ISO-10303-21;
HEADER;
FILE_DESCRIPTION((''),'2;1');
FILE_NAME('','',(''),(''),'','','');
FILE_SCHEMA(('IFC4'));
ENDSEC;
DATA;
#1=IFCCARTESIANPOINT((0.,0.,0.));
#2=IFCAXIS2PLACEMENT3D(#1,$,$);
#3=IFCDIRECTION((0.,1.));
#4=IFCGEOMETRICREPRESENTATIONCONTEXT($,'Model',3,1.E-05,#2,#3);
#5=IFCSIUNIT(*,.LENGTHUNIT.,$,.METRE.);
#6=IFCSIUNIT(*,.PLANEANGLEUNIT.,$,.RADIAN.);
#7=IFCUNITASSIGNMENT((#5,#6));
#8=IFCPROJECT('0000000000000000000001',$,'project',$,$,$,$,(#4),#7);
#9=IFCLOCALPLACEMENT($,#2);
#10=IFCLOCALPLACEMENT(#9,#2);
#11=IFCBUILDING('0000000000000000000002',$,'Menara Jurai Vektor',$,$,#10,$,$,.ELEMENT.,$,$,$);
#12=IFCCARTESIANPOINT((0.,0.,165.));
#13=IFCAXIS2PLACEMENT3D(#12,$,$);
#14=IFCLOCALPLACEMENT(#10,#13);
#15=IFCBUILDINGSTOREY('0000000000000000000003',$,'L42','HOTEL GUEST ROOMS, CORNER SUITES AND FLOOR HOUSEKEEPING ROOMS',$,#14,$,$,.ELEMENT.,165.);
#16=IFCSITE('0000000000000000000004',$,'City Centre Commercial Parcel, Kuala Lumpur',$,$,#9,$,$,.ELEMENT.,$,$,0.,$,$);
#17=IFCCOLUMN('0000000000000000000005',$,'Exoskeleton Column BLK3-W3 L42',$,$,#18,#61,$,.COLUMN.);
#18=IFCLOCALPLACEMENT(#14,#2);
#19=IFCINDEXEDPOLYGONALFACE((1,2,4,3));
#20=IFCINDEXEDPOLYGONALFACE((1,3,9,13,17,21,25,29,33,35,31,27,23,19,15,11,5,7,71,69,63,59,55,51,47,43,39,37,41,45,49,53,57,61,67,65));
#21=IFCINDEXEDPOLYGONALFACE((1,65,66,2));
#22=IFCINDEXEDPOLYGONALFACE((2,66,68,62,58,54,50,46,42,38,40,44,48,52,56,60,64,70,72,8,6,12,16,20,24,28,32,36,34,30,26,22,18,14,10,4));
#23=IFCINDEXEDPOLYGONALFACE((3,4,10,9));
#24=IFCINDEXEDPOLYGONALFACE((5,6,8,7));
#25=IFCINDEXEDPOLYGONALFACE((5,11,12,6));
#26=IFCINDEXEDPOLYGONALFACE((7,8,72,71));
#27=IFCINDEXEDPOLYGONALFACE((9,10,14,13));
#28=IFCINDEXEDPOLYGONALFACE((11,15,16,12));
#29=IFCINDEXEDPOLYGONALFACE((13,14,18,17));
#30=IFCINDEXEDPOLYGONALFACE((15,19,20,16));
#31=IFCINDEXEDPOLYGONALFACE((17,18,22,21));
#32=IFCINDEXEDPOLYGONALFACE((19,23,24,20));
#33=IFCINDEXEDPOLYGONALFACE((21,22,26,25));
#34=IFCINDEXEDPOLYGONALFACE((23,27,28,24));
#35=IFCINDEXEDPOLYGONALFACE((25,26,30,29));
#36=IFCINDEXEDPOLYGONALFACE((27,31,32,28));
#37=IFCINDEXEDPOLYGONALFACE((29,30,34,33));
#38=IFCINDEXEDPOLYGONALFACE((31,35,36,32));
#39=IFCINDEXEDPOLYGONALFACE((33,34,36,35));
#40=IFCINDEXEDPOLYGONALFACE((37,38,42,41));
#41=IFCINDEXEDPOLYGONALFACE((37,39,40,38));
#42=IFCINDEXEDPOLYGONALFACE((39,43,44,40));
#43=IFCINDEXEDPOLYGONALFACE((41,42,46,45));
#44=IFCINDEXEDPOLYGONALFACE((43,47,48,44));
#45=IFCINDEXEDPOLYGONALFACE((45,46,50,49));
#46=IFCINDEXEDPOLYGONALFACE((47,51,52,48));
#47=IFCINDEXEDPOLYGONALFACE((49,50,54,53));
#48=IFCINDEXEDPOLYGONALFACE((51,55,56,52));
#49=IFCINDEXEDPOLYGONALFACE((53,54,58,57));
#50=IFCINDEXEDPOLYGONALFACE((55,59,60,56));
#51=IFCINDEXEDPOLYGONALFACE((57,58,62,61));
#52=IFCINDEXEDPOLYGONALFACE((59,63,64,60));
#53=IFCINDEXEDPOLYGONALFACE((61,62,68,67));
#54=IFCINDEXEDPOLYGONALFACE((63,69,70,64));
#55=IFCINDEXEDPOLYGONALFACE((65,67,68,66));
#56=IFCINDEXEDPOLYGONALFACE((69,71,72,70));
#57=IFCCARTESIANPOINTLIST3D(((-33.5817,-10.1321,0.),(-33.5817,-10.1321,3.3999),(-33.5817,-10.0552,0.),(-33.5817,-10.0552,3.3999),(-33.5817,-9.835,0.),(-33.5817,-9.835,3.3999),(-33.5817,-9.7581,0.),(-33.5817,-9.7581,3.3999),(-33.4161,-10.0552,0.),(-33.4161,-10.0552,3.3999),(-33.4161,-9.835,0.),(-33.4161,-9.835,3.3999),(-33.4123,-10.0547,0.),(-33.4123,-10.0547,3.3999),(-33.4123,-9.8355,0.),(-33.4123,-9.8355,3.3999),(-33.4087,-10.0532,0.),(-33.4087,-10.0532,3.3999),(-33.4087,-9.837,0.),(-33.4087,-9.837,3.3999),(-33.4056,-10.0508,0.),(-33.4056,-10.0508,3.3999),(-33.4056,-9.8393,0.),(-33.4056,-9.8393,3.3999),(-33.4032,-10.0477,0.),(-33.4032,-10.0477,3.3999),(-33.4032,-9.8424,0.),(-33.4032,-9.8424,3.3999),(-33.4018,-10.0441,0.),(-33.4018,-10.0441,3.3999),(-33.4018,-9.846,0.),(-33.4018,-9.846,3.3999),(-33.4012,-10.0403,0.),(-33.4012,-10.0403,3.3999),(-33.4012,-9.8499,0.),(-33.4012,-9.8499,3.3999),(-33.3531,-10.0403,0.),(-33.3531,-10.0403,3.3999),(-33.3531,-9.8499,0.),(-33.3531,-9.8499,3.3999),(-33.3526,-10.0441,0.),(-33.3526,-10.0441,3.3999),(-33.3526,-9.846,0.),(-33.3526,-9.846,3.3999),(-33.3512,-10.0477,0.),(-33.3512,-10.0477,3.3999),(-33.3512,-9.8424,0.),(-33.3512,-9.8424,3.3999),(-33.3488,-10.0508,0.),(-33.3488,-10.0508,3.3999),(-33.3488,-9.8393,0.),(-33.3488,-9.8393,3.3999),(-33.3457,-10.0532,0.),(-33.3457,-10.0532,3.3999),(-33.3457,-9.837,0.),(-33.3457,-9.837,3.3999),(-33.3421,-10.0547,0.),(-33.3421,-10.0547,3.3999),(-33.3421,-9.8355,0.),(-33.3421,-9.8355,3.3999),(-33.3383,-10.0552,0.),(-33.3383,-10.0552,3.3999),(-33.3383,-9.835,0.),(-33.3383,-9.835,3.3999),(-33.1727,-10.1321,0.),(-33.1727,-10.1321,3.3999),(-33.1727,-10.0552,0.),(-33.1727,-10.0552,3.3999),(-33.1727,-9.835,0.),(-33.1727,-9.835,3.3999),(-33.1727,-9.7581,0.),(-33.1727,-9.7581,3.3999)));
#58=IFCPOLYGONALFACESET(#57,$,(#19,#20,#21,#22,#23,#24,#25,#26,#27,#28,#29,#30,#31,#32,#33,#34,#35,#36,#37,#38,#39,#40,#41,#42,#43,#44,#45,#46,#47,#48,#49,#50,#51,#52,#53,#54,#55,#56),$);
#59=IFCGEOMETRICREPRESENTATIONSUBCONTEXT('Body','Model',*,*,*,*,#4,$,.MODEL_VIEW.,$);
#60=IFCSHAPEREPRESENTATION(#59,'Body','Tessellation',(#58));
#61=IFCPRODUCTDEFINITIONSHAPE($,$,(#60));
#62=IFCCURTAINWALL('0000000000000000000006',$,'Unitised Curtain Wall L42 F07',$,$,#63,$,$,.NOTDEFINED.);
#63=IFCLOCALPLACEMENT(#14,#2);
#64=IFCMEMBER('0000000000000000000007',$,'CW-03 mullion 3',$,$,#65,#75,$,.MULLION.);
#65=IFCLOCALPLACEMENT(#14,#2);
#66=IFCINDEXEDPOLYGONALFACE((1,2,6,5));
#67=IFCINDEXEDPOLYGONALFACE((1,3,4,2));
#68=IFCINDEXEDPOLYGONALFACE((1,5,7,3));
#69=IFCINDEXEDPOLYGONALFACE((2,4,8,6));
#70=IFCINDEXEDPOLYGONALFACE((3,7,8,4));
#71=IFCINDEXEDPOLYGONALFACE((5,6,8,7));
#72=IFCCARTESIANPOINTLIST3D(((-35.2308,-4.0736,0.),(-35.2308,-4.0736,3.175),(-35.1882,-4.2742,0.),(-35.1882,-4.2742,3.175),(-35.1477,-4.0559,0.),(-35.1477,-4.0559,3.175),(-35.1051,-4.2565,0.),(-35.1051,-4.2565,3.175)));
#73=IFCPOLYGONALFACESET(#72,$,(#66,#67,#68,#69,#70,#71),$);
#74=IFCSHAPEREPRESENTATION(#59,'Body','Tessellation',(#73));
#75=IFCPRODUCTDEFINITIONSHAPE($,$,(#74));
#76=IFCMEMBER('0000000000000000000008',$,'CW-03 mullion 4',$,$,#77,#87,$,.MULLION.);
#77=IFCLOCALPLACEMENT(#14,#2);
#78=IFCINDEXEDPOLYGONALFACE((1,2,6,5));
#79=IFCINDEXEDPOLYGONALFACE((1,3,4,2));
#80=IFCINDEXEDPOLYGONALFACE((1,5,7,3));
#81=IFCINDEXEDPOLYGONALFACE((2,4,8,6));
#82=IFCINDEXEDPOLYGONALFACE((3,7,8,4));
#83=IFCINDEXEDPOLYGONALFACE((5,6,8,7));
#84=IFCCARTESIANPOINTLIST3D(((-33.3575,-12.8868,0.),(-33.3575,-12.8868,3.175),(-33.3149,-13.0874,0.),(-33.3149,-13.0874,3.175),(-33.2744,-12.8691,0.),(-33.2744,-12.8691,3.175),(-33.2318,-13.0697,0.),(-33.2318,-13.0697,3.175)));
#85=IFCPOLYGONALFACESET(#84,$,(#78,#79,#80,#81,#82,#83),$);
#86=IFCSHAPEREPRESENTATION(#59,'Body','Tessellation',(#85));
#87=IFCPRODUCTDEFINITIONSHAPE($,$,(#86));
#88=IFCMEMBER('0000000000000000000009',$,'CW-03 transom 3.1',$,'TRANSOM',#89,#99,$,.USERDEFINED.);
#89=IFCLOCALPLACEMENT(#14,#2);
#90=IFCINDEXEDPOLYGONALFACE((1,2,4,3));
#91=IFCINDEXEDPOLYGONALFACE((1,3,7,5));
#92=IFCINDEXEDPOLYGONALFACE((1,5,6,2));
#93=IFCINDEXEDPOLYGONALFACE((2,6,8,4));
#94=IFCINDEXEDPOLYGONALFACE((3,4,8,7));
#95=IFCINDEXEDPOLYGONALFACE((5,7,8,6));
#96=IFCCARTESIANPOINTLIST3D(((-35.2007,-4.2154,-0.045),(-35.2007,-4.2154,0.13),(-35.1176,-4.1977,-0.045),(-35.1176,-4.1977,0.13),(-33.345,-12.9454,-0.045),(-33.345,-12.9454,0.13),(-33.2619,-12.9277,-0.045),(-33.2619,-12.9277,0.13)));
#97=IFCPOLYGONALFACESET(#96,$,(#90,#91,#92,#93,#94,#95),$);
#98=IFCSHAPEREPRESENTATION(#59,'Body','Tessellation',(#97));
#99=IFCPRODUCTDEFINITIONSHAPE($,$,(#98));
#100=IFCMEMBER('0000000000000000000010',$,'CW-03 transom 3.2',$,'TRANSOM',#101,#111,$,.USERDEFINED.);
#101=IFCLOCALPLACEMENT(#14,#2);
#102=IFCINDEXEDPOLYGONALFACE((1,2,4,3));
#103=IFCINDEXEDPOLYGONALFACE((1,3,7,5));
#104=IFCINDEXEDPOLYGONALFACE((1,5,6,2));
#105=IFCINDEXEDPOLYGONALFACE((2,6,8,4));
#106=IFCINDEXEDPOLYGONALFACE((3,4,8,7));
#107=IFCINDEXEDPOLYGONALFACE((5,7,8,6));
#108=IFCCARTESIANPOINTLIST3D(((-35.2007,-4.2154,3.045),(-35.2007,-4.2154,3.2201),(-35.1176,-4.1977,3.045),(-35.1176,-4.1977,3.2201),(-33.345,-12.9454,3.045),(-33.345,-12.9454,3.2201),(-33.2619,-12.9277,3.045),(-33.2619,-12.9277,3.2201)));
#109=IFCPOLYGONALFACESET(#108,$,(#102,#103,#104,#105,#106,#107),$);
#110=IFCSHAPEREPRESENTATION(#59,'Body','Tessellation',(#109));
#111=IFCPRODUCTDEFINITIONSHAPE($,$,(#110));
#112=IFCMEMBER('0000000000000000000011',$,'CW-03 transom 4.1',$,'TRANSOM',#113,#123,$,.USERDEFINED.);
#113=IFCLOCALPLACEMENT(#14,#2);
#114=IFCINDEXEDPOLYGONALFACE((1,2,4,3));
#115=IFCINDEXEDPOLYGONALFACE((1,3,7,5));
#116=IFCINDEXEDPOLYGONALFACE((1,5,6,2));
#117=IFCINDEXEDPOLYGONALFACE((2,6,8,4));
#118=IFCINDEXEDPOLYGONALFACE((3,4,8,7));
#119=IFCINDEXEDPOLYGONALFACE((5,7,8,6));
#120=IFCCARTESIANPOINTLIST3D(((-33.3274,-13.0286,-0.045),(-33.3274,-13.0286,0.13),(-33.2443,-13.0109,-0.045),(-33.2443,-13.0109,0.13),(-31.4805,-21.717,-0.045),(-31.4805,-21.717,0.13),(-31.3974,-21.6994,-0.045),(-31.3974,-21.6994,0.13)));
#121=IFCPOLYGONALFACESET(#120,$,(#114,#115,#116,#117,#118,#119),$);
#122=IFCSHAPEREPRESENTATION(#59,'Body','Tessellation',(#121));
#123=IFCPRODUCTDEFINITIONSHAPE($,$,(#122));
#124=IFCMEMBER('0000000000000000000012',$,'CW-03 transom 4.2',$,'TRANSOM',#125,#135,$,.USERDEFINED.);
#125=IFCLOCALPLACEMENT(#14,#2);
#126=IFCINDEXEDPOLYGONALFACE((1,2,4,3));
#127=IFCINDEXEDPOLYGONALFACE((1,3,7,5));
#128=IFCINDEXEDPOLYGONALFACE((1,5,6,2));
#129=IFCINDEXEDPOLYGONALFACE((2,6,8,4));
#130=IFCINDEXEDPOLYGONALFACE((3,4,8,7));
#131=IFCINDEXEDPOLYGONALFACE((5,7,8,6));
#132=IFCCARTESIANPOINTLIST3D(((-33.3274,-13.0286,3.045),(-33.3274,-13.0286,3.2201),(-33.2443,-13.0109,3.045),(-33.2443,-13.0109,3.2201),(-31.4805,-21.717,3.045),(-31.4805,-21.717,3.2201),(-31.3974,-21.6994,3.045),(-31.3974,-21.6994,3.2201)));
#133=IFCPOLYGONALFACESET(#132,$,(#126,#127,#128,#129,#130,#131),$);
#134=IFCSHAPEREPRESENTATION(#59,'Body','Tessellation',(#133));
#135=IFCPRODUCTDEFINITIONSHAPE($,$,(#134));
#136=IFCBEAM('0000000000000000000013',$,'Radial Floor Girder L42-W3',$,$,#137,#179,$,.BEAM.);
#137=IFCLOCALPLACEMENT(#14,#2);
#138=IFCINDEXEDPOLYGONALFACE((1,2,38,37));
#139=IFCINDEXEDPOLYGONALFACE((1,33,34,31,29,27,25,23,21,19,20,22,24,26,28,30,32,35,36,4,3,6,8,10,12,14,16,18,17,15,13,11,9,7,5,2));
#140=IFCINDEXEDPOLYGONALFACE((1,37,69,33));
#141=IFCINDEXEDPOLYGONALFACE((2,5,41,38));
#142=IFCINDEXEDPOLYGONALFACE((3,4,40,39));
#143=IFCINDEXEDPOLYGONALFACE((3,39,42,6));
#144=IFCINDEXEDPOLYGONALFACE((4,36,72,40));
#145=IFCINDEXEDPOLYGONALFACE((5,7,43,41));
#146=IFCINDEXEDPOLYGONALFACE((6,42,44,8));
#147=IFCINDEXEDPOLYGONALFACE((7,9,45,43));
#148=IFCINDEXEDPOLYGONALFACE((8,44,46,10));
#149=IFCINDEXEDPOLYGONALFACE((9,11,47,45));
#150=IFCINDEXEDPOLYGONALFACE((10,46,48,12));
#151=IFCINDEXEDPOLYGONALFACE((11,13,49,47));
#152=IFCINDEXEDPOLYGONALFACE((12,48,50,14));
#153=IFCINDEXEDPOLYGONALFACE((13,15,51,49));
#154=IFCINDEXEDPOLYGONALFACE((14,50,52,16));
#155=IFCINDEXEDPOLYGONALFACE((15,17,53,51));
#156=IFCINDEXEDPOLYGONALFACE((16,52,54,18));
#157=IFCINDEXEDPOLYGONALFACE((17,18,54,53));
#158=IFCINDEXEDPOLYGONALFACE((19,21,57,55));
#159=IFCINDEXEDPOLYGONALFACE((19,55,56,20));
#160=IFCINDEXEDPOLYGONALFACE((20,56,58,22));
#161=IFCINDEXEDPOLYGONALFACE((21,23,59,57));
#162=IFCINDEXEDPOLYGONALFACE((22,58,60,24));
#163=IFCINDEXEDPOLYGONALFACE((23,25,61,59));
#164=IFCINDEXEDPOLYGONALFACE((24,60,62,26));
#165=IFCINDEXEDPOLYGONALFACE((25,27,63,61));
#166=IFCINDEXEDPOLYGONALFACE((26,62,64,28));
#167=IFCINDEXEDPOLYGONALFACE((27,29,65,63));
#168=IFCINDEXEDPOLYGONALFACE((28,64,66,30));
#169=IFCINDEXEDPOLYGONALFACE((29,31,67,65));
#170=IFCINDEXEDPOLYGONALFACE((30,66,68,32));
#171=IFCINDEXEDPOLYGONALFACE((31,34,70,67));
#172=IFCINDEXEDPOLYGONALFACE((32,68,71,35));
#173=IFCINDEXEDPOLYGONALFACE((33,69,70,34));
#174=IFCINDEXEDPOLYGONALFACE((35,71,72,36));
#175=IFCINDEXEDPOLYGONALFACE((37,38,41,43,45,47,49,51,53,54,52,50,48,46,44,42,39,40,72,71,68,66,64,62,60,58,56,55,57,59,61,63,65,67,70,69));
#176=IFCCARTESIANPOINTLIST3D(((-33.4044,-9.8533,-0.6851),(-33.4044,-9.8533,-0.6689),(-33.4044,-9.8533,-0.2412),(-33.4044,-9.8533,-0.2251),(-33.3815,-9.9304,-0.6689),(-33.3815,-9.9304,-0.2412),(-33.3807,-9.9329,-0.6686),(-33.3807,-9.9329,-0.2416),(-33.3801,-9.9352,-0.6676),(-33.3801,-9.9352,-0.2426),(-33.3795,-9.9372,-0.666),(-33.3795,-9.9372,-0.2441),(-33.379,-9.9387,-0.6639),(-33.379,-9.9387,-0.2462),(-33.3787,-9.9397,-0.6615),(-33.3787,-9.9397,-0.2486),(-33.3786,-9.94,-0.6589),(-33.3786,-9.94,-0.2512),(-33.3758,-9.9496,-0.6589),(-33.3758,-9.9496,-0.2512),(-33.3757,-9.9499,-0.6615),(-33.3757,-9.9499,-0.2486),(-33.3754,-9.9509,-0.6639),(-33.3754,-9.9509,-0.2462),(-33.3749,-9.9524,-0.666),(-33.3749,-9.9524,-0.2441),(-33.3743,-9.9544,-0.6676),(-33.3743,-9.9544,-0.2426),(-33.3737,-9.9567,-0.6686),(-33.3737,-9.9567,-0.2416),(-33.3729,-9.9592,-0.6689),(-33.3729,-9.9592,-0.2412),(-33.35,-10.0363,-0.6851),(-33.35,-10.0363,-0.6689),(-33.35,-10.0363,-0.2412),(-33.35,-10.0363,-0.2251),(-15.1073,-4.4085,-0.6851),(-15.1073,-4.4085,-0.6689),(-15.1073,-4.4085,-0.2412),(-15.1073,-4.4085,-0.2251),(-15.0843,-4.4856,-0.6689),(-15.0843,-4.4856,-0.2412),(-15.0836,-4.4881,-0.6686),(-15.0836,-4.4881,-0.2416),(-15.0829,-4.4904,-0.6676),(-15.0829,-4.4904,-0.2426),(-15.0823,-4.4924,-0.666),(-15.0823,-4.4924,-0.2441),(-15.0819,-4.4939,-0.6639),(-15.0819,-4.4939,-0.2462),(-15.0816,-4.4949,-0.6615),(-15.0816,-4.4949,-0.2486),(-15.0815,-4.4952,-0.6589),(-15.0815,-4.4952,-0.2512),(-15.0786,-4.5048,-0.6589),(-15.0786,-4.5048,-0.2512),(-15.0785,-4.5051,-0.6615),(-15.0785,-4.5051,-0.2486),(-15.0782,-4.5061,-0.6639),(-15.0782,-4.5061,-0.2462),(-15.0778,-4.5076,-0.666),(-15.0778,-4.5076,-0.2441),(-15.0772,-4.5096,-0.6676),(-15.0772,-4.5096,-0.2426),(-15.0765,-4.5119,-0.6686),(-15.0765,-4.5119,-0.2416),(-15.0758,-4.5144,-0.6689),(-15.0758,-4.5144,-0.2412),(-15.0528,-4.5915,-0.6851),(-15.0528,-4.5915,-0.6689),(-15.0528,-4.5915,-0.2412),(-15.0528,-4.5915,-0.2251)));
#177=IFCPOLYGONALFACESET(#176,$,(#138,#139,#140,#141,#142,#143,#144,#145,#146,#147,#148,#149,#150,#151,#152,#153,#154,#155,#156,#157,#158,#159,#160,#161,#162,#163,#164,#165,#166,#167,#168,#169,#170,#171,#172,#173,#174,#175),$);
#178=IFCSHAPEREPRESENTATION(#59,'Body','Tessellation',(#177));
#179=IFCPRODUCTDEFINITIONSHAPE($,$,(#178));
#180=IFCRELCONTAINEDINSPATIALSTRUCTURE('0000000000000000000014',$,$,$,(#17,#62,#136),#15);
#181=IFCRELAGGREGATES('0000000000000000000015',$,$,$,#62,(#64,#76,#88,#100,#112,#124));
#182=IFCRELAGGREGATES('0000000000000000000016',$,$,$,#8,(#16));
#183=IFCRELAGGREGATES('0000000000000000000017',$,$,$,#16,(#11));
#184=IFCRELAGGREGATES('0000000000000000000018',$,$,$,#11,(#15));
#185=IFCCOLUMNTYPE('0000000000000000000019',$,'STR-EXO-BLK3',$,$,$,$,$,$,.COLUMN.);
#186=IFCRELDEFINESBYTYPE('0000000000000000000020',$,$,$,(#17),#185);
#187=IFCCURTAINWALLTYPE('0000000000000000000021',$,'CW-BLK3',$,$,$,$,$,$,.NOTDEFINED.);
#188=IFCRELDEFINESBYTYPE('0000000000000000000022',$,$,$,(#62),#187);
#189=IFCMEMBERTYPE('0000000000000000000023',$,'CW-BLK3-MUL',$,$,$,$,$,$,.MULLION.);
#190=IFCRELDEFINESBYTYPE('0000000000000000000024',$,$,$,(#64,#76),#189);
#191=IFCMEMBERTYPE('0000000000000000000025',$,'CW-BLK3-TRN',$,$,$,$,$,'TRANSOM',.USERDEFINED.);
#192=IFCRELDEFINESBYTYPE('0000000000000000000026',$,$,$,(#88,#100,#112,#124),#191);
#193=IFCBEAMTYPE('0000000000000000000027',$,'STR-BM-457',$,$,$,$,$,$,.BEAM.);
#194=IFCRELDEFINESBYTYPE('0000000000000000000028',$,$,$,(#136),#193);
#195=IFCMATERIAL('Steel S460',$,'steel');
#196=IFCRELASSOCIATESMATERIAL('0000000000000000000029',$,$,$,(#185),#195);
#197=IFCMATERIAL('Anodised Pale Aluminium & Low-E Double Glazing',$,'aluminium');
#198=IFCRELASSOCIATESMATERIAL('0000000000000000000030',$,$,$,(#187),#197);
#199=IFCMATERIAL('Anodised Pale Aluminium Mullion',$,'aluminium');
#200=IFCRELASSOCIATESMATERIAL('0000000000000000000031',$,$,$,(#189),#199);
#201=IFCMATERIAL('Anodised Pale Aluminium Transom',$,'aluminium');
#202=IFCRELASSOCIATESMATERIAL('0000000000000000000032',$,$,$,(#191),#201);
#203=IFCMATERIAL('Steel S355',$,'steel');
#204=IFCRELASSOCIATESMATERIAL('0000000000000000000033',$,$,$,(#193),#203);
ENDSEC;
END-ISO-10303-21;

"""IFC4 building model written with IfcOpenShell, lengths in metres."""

from ifc_helpers import new_model, si_unit, direction, frame, origin, origin_2d, place, context, subcontext, project, spatial, rectangle, i_section, extrude, material, material_profile, profile_set, type_object, element, aggregate, save


model = new_model("IFC4")

# Units and contexts
model_context = context("Model", 3, precision=1e-05, world=origin(), true_north=direction((0.0, 1.0)))
body_context = subcontext(model_context, "Body", "Model", "MODEL_VIEW")
ifc_project = project(units=[si_unit("LENGTHUNIT", "METRE"), si_unit("PLANEANGLEUNIT", "RADIAN")], contexts=[model_context])

# Site, building, storey
site_placement = place(None, origin())
site = spatial("IfcSite", under=ifc_project, at=site_placement, Name="City Centre Commercial Parcel, Kuala Lumpur", CompositionType="ELEMENT", RefElevation=0.0)
building_placement = place(site_placement, origin())
building = spatial("IfcBuilding", under=site, at=building_placement, Name="Menara Jurai Vektor", CompositionType="ELEMENT")
storey_placement = place(building_placement, frame((0.0, 0.0, 165.0)))
storey = spatial("IfcBuildingStorey", under=building, at=storey_placement, Name="L42", Description="HOTEL GUEST ROOMS, CORNER SUITES AND FLOOR HOUSEKEEPING ROOMS", CompositionType="ELEMENT", Elevation=165.0)

# Column
ifc_material_1 = material(Name="Steel S460", Category="steel")
ifc_material_profile_1 = material_profile(ifc_material_1, i_section(OverallWidth=0.4089, OverallDepth=0.374, WebThickness=0.0481, FlangeThickness=0.0769, FilletRadius=0.0149, at=origin_2d()), Name="HD 400x634")
ifc_profile_set_1 = profile_set([ifc_material_profile_1], Name="Steel S460")
column_type = type_object("IfcColumnType", Name="STR-EXO-BLK3", PredefinedType="COLUMN", material=ifc_profile_set_1)
column_placement = place(storey_placement, frame((-33.3772, -9.9451, 0.0), z_axis=(0.0, 0.0, 1.0), x_axis=(1.0, 0.0, 0.0)))
element("IfcColumn", 1, at=column_placement, inside=storey, type_object=column_type, Name="Exoskeleton Column BLK3-W3 L42", PredefinedType="COLUMN", context=body_context, shape_type="SweptSolid", body=[
    extrude(i_section(OverallWidth=0.4089, OverallDepth=0.374, WebThickness=0.0481, FlangeThickness=0.0769, FilletRadius=0.0149, at=origin_2d()), origin(), (0.0, 0.0, 1.0), 3.3999),
])

# Curtain wall, members
ifc_material_2 = material(Name="Anodised Pale Aluminium & Low-E Double Glazing", Category="aluminium")
curtain_wall_type = type_object("IfcCurtainWallType", Name="CW-BLK3", PredefinedType="NOTDEFINED", material=ifc_material_2)
curtain_wall_placement = place(storey_placement, origin())
curtain_wall = element("IfcCurtainWall", 2, at=curtain_wall_placement, inside=storey, type_object=curtain_wall_type, Name="Unitised Curtain Wall L42 F07", PredefinedType="NOTDEFINED")
ifc_material_3 = material(Name="Anodised Pale Aluminium Mullion", Category="aluminium")
ifc_material_profile_2 = material_profile(ifc_material_3, rectangle(XDim=0.085, YDim=0.2051, at=origin_2d()), Name="ALU MUL 85x205")
ifc_profile_set_2 = profile_set([ifc_material_profile_2], Name="Anodised Pale Aluminium Mullion")
member_type_1 = type_object("IfcMemberType", Name="CW-BLK3-MUL", PredefinedType="MULLION", material=ifc_profile_set_2)
member_1_placement = place(storey_placement, frame((-35.168, -4.165, 0.0), z_axis=(0.0, 0.0, 1.0), x_axis=(0.978148, 0.20791, 0.0)))
member_1 = element("IfcMember", 3, at=member_1_placement, type_object=member_type_1, Name="CW-03 mullion 3", PredefinedType="MULLION", context=body_context, shape_type="SweptSolid", body=[
    extrude(rectangle(XDim=0.085, YDim=0.2051, at=origin_2d()), origin(), (0.0, 0.0, 1.0), 3.175),
])
member_2_placement = place(storey_placement, frame((-33.2947, -12.9783, 0.0), z_axis=(0.0, 0.0, 1.0), x_axis=(0.978148, 0.20791, 0.0)))
member_2 = element("IfcMember", 4, at=member_2_placement, type_object=member_type_1, Name="CW-03 mullion 4", PredefinedType="MULLION", context=body_context, shape_type="SweptSolid", body=[
    extrude(rectangle(XDim=0.085, YDim=0.2051, at=origin_2d()), origin(), (0.0, 0.0, 1.0), 3.175),
])
ifc_material_4 = material(Name="Anodised Pale Aluminium Transom", Category="aluminium")
ifc_material_profile_3 = material_profile(ifc_material_4, rectangle(XDim=0.085, YDim=0.175, at=origin_2d()), Name="ALU TRN 85x175")
ifc_profile_set_3 = profile_set([ifc_material_profile_3], Name="Anodised Pale Aluminium Transom")
member_type_2 = type_object("IfcMemberType", Name="CW-BLK3-TRN", ElementType="TRANSOM", PredefinedType="USERDEFINED", material=ifc_profile_set_3)
member_3_placement = place(storey_placement, frame((-35.1592, -4.2065, 0.0425), z_axis=(0.207922, -0.978145, 0.0), x_axis=(0.978145, 0.207922, 0.0)))
member_3 = element("IfcMember", 5, at=member_3_placement, type_object=member_type_2, Name="CW-03 transom 3.1", ObjectType="TRANSOM", PredefinedType="USERDEFINED", context=body_context, shape_type="SweptSolid", body=[
    extrude(rectangle(XDim=0.085, YDim=0.175, at=origin_2d()), origin(), (0.0, 0.0, 1.0), 8.925),
])
member_4_placement = place(storey_placement, frame((-35.1592, -4.2065, 3.1326), z_axis=(0.207922, -0.978145, 0.0), x_axis=(0.978145, 0.207922, 0.0)))
member_4 = element("IfcMember", 6, at=member_4_placement, type_object=member_type_2, Name="CW-03 transom 3.2", ObjectType="TRANSOM", PredefinedType="USERDEFINED", context=body_context, shape_type="SweptSolid", body=[
    extrude(rectangle(XDim=0.085, YDim=0.175, at=origin_2d()), origin(), (0.0, 0.0, 1.0), 8.925),
])
member_5_placement = place(storey_placement, frame((-33.2859, -13.0198, 0.0425), z_axis=(0.207926, -0.978145, 0.0), x_axis=(0.978145, 0.207926, 0.0)))
member_5 = element("IfcMember", 7, at=member_5_placement, type_object=member_type_2, Name="CW-03 transom 4.1", ObjectType="TRANSOM", PredefinedType="USERDEFINED", context=body_context, shape_type="SweptSolid", body=[
    extrude(rectangle(XDim=0.085, YDim=0.175, at=origin_2d()), origin(), (0.0, 0.0, 1.0), 8.8826),
])
member_6_placement = place(storey_placement, frame((-33.2859, -13.0198, 3.1326), z_axis=(0.207926, -0.978145, 0.0), x_axis=(0.978145, 0.207926, 0.0)))
member_6 = element("IfcMember", 8, at=member_6_placement, type_object=member_type_2, Name="CW-03 transom 4.2", ObjectType="TRANSOM", PredefinedType="USERDEFINED", context=body_context, shape_type="SweptSolid", body=[
    extrude(rectangle(XDim=0.085, YDim=0.175, at=origin_2d()), origin(), (0.0, 0.0, 1.0), 8.8826),
])

# Beam
ifc_material_5 = material(Name="Steel S355", Category="steel")
ifc_material_profile_4 = material_profile(ifc_material_5, i_section(OverallWidth=0.1909, OverallDepth=0.46, WebThickness=0.01, FlangeThickness=0.0161, FilletRadius=0.01, at=origin_2d()), Name="UKB 457x191x82")
ifc_profile_set_4 = profile_set([ifc_material_profile_4], Name="Steel S355")
beam_type_1 = type_object("IfcBeamType", Name="STR-BM-457", PredefinedType="BEAM", material=ifc_profile_set_4)
beam_1_placement = place(storey_placement, frame((-33.3772, -9.9448, -0.4551), z_axis=(0.958463, 0.285218, 0.0), x_axis=(-0.285218, 0.958463, 0.0)))
element("IfcBeam", 9, at=beam_1_placement, inside=storey, type_object=beam_type_1, Name="Radial Floor Girder L42-W3", PredefinedType="BEAM", context=body_context, shape_type="SweptSolid", body=[
    extrude(i_section(OverallWidth=0.1909, OverallDepth=0.46, WebThickness=0.01, FlangeThickness=0.0161, FilletRadius=0.01, at=origin_2d()), origin(), (0.0, 0.0, 1.0), 19.0901),
])

aggregate(curtain_wall, [member_1, member_2, member_3, member_4, member_5, member_6])

save(model, "model.ifc")
